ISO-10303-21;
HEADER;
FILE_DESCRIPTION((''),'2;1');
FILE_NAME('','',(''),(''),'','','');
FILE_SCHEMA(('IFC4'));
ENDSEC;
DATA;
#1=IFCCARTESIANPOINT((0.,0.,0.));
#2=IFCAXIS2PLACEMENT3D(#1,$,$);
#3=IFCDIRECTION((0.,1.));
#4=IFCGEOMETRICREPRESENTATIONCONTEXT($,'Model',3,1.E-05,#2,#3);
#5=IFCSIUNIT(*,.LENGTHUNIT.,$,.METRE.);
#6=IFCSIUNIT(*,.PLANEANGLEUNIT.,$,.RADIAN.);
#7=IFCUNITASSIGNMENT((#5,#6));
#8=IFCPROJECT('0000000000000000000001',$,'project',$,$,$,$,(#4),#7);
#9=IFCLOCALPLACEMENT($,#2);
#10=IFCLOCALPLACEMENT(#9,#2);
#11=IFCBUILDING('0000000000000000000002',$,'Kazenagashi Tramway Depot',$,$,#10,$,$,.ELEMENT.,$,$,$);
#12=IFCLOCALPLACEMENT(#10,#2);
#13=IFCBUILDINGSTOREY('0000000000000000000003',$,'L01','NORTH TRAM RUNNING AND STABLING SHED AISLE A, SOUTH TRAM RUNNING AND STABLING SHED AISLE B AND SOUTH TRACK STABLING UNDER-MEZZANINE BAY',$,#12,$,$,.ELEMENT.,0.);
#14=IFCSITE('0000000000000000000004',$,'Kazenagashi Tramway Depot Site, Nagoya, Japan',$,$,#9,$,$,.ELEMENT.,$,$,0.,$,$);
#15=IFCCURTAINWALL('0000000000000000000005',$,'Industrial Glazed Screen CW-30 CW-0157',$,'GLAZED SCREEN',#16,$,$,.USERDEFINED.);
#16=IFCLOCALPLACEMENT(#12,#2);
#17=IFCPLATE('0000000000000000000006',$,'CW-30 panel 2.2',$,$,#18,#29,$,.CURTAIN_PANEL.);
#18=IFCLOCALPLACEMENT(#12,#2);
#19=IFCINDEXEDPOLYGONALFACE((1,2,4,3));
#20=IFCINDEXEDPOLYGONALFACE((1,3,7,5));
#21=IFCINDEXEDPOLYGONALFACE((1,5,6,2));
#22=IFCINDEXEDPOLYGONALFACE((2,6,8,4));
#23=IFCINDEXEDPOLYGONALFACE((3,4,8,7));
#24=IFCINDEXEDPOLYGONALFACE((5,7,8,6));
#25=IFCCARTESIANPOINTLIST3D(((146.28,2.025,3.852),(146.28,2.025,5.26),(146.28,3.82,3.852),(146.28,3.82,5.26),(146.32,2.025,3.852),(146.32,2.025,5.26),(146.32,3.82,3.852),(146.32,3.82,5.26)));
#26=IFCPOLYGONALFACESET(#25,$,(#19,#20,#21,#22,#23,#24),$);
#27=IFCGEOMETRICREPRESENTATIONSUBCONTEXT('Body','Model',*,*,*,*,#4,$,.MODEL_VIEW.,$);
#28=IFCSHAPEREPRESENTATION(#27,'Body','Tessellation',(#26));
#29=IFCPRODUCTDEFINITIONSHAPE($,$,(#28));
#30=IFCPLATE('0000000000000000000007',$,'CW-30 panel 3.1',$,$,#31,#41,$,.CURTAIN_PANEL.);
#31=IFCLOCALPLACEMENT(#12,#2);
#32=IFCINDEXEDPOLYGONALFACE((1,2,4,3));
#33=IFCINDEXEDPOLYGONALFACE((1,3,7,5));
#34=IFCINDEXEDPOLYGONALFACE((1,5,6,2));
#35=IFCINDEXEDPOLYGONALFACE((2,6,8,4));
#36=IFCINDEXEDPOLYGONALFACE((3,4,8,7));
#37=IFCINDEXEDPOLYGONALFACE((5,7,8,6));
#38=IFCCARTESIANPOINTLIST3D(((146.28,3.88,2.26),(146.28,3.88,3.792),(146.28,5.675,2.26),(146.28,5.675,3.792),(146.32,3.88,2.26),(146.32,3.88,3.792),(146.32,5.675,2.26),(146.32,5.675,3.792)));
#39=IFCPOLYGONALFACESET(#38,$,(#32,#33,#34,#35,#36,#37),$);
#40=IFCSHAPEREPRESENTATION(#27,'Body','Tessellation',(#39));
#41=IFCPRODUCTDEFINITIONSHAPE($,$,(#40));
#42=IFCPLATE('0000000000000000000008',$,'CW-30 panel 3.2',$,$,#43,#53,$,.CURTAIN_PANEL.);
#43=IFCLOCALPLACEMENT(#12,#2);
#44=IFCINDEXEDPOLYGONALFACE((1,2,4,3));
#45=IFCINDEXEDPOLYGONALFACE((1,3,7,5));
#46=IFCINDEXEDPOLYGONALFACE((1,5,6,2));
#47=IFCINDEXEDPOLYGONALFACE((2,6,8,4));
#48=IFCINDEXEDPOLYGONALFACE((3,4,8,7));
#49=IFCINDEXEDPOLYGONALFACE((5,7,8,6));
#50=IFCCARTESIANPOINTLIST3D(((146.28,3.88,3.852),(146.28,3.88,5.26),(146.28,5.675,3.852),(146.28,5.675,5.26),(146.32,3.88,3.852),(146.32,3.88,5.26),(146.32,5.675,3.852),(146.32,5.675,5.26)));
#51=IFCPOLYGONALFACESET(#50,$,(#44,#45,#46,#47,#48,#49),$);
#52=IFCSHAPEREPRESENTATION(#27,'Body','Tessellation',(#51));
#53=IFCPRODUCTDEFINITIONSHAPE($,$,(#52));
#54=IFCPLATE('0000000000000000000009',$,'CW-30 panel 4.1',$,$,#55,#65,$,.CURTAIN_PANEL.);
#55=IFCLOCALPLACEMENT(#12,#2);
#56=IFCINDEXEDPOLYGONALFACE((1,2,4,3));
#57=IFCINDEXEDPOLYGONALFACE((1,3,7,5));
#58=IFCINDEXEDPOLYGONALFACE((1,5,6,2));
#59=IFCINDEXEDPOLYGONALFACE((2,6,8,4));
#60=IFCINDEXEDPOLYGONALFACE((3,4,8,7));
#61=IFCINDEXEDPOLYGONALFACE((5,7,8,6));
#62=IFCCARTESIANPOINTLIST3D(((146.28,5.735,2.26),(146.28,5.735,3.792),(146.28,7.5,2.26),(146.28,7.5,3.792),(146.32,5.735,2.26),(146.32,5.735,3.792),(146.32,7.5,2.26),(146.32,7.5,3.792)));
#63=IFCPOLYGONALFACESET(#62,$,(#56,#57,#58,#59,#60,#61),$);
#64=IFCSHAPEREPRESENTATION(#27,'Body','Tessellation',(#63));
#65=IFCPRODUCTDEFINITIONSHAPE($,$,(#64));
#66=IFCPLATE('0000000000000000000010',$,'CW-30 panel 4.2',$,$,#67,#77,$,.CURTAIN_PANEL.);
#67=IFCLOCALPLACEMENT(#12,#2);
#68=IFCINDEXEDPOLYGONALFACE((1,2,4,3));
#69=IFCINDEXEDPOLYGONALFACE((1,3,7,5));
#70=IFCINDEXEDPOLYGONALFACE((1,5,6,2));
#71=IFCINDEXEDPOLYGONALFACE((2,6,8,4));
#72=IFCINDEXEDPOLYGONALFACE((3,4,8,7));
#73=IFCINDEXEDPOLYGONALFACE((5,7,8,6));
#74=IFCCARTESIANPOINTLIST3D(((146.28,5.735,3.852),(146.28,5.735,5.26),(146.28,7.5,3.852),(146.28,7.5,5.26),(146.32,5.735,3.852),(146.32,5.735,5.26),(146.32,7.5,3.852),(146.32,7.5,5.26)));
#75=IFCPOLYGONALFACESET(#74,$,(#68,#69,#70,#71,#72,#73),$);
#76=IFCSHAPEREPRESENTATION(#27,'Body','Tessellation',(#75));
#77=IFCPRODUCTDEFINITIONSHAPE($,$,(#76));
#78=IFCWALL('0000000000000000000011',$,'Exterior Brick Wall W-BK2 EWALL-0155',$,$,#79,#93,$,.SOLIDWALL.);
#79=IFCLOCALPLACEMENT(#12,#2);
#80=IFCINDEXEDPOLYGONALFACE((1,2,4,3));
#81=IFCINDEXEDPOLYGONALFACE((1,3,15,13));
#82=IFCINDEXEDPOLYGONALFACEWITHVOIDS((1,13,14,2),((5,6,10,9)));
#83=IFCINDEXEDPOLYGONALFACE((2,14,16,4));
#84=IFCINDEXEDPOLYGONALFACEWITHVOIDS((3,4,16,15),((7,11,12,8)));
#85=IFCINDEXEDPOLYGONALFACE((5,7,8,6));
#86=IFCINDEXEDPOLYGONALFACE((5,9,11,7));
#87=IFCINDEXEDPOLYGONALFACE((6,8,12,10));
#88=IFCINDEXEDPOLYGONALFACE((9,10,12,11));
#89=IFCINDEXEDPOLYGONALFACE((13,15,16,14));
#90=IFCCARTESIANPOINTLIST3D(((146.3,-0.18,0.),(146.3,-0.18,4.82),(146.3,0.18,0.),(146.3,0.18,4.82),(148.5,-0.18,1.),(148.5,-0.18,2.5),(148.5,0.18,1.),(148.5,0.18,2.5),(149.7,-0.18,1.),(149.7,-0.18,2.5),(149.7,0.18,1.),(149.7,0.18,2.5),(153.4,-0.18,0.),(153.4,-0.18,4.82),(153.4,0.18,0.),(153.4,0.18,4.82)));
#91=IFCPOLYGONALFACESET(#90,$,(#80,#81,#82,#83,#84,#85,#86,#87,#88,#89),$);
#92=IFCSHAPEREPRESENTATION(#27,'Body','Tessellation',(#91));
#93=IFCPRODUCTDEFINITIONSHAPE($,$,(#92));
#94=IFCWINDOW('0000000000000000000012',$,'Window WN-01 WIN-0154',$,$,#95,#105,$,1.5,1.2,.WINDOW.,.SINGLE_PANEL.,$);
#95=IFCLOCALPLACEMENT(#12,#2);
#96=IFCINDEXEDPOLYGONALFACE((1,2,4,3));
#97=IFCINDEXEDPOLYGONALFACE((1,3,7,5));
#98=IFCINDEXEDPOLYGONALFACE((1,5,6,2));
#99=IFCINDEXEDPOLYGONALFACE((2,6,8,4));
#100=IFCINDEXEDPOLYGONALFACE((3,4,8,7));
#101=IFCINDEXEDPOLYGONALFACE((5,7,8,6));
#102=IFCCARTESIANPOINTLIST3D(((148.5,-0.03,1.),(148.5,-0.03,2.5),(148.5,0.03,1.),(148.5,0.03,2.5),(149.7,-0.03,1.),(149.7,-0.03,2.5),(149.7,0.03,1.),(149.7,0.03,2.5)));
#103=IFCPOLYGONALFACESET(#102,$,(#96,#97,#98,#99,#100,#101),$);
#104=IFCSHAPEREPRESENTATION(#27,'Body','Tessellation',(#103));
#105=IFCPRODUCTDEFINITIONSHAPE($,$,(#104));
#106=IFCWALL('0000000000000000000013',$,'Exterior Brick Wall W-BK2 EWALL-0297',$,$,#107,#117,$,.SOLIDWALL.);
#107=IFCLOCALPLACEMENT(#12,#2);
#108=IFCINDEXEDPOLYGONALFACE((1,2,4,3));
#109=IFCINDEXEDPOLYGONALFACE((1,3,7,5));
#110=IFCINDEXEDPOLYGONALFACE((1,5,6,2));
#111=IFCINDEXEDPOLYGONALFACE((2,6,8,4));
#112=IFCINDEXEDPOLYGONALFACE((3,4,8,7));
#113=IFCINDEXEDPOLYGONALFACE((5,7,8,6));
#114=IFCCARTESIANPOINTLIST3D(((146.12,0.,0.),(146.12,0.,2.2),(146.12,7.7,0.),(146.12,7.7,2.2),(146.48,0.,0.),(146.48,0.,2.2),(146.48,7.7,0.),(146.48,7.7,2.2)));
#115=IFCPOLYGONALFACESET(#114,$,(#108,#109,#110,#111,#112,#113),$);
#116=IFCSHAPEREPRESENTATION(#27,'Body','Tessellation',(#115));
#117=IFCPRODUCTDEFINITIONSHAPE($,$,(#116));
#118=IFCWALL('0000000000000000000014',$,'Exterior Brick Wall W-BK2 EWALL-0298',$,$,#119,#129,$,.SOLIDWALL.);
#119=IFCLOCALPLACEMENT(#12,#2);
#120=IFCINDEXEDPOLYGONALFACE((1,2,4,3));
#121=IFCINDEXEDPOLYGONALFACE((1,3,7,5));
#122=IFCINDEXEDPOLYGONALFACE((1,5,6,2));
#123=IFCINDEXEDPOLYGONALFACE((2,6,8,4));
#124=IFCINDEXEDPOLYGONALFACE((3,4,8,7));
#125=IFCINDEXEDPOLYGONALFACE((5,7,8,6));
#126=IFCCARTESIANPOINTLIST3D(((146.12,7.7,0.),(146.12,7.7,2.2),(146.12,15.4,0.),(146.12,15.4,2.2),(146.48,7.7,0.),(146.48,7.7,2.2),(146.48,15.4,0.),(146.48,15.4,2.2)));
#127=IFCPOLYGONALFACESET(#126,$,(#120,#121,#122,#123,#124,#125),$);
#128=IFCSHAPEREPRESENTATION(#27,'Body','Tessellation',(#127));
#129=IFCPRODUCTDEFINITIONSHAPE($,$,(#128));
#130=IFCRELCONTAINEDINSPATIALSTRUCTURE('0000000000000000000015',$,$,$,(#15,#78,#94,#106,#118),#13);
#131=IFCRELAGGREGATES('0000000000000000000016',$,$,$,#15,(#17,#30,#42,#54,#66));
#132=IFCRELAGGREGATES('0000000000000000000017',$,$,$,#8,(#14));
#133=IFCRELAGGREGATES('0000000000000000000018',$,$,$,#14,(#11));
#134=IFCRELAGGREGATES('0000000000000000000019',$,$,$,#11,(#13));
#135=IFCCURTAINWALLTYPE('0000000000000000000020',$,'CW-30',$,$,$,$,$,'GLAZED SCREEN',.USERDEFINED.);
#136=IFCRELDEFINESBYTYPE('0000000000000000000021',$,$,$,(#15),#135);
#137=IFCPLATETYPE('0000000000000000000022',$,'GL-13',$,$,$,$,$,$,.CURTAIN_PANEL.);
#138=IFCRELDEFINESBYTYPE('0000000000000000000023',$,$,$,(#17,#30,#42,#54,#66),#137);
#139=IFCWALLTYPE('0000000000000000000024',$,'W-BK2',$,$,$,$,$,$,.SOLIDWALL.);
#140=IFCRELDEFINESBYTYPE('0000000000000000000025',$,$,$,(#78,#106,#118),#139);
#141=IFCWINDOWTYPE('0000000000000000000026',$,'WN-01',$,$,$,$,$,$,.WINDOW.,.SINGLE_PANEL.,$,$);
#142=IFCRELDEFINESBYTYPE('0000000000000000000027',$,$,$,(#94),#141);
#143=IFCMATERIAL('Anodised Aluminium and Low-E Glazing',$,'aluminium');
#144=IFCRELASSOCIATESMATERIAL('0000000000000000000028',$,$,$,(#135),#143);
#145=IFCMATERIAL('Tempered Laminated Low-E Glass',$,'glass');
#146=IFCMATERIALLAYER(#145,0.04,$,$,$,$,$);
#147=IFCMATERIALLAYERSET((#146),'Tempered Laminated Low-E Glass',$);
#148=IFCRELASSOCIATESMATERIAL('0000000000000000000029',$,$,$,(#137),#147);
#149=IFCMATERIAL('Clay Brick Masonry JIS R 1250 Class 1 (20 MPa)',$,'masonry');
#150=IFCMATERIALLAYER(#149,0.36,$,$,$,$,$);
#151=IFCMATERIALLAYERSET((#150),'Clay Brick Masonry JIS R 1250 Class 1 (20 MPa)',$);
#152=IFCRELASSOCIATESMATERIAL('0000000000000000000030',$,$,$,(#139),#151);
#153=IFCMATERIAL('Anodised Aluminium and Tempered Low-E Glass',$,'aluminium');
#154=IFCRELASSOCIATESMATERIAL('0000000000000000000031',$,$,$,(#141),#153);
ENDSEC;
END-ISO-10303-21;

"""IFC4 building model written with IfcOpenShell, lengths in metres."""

from ifc_helpers import new_model, si_unit, direction, frame, frame_2d, origin, origin_2d, place, context, subcontext, project, spatial, rectangle, extrude, material, layer, layer_set, type_object, element, fill, aggregate, save


model = new_model("IFC4")

# Units and contexts
model_context = context("Model", 3, precision=1e-05, world=origin(), true_north=direction((0.0, 1.0)))
body_context = subcontext(model_context, "Body", "Model", "MODEL_VIEW")
ifc_project = project(units=[si_unit("LENGTHUNIT", "METRE"), si_unit("PLANEANGLEUNIT", "RADIAN")], contexts=[model_context])

# Site, building, storey
site_placement = place(None, origin())
site = spatial("IfcSite", under=ifc_project, at=site_placement, Name="Kazenagashi Tramway Depot Site, Nagoya, Japan", CompositionType="ELEMENT", RefElevation=0.0)
building_placement = place(site_placement, origin())
building = spatial("IfcBuilding", under=site, at=building_placement, Name="Kazenagashi Tramway Depot", CompositionType="ELEMENT")
storey_placement = place(building_placement, origin())
storey = spatial("IfcBuildingStorey", under=building, at=storey_placement, Name="L01", Description="NORTH TRAM RUNNING AND STABLING SHED AISLE A, SOUTH TRAM RUNNING AND STABLING SHED AISLE B AND SOUTH TRACK STABLING UNDER-MEZZANINE BAY", CompositionType="ELEMENT", Elevation=0.0)

# Curtain wall
ifc_material_1 = material(Name="Anodised Aluminium and Low-E Glazing", Category="aluminium")
curtain_wall_type = type_object("IfcCurtainWallType", Name="CW-30", ElementType="GLAZED SCREEN", PredefinedType="USERDEFINED", material=ifc_material_1)
curtain_wall_1_placement = place(storey_placement, origin())
curtain_wall_1 = element("IfcCurtainWall", 1, at=curtain_wall_1_placement, inside=storey, type_object=curtain_wall_type, Name="Industrial Glazed Screen CW-30 CW-0157", ObjectType="GLAZED SCREEN", PredefinedType="USERDEFINED")

# Plates
ifc_material_2 = material(Name="Tempered Laminated Low-E Glass", Category="glass")
ifc_layer_1 = layer(ifc_material_2, 0.04)
ifc_layer_set_1 = layer_set([ifc_layer_1], Name="Tempered Laminated Low-E Glass")
plate_type = type_object("IfcPlateType", Name="GL-13", PredefinedType="CURTAIN_PANEL", material=ifc_layer_set_1)
plate_1_placement = place(storey_placement, frame((146.3, 2.9225, 3.852), z_axis=(0.0, 0.0, 1.0), x_axis=(0.0, 1.0, 0.0)))
plate_1 = element("IfcPlate", 2, at=plate_1_placement, type_object=plate_type, Name="CW-30 panel 2.2", PredefinedType="CURTAIN_PANEL", context=body_context, shape_type="SweptSolid", body=[
    extrude(rectangle(XDim=1.795, YDim=0.04, at=origin_2d()), origin(), (0.0, 0.0, 1.0), 1.408),
])
plate_2_placement = place(storey_placement, frame((146.3, 4.7775, 2.26), z_axis=(0.0, 0.0, 1.0), x_axis=(0.0, 1.0, 0.0)))
plate_2 = element("IfcPlate", 3, at=plate_2_placement, type_object=plate_type, Name="CW-30 panel 3.1", PredefinedType="CURTAIN_PANEL", context=body_context, shape_type="SweptSolid", body=[
    extrude(rectangle(XDim=1.795, YDim=0.04, at=origin_2d()), origin(), (0.0, 0.0, 1.0), 1.532),
])
plate_3_placement = place(storey_placement, frame((146.3, 4.7775, 3.852), z_axis=(0.0, 0.0, 1.0), x_axis=(0.0, 1.0, 0.0)))
plate_3 = element("IfcPlate", 4, at=plate_3_placement, type_object=plate_type, Name="CW-30 panel 3.2", PredefinedType="CURTAIN_PANEL", context=body_context, shape_type="SweptSolid", body=[
    extrude(rectangle(XDim=1.795, YDim=0.04, at=origin_2d()), origin(), (0.0, 0.0, 1.0), 1.408),
])
plate_4_placement = place(storey_placement, frame((146.3, 6.6175, 2.26), z_axis=(0.0, 0.0, 1.0), x_axis=(0.0, 1.0, 0.0)))
plate_4 = element("IfcPlate", 5, at=plate_4_placement, type_object=plate_type, Name="CW-30 panel 4.1", PredefinedType="CURTAIN_PANEL", context=body_context, shape_type="SweptSolid", body=[
    extrude(rectangle(XDim=1.765, YDim=0.04, at=origin_2d()), origin(), (0.0, 0.0, 1.0), 1.532),
])
plate_5_placement = place(storey_placement, frame((146.3, 6.6175, 3.852), z_axis=(0.0, 0.0, 1.0), x_axis=(0.0, 1.0, 0.0)))
plate_5 = element("IfcPlate", 6, at=plate_5_placement, type_object=plate_type, Name="CW-30 panel 4.2", PredefinedType="CURTAIN_PANEL", context=body_context, shape_type="SweptSolid", body=[
    extrude(rectangle(XDim=1.765, YDim=0.04, at=origin_2d()), origin(), (0.0, 0.0, 1.0), 1.408),
])
aggregate(curtain_wall_1, [plate_1, plate_2, plate_3, plate_4, plate_5])

# Wall, opening, window
ifc_material_3 = material(Name="Clay Brick Masonry JIS R 1250 Class 1 (20 MPa)", Category="masonry")
ifc_layer_2 = layer(ifc_material_3, 0.36)
ifc_layer_set_2 = layer_set([ifc_layer_2], Name="Clay Brick Masonry JIS R 1250 Class 1 (20 MPa)")
wall_type = type_object("IfcWallType", Name="W-BK2", PredefinedType="SOLIDWALL", material=ifc_layer_set_2)
wall_placement = place(storey_placement, frame((146.3, 0.0, 0.0), z_axis=(0.0, 0.0, 1.0), x_axis=(1.0, 0.0, 0.0)))
wall = element("IfcWall", 7, at=wall_placement, inside=storey, type_object=wall_type, Name="Exterior Brick Wall W-BK2 EWALL-0155", PredefinedType="SOLIDWALL", context=body_context, shape_type="SweptSolid", body=[
    extrude(rectangle(XDim=7.1, YDim=0.36, at=frame_2d((3.55, 0.0))), origin(), (0.0, 0.0, 1.0), 4.82),
])
opening_placement = place(wall_placement, frame((2.2, 0.0, 1.0)))
opening = element("IfcOpeningElement", 8, at=opening_placement, cuts=wall, PredefinedType="OPENING", context=body_context, shape_type="SweptSolid", body=[
    extrude(rectangle(XDim=1.2, YDim=1.5, at=frame_2d((0.6, 0.75))), frame((0.0, 0.19, 0.0), z_axis=(0.0, -1.0, 0.0), x_axis=(1.0, 0.0, 0.0)), (0.0, 0.0, 1.0), 0.38),
])
ifc_material_4 = material(Name="Anodised Aluminium and Tempered Low-E Glass", Category="aluminium")
window_type = type_object("IfcWindowType", Name="WN-01", PartitioningType="SINGLE_PANEL", PredefinedType="WINDOW", material=ifc_material_4)
window_placement = place(opening_placement, origin())
window = element("IfcWindow", 9, at=window_placement, inside=storey, type_object=window_type, Name="Window WN-01 WIN-0154", OverallHeight=1.5, OverallWidth=1.2, PartitioningType="SINGLE_PANEL", PredefinedType="WINDOW", context=body_context, shape_type="SweptSolid", body=[
    extrude(rectangle(XDim=1.2, YDim=1.5, at=frame_2d((0.6, 0.75))), frame((0.0, 0.03, 0.0), z_axis=(0.0, -1.0, 0.0), x_axis=(1.0, 0.0, 0.0)), (0.0, 0.0, 1.0), 0.06),
])
fill(opening, window)

# Walls
for number, where, z_axis, x_axis, name in (
    (10, (146.3, 0.0, 0.0), (0.0, 0.0, 1.0), (0.0, 1.0, 0.0), "Exterior Brick Wall W-BK2 EWALL-0297"),
    (11, (146.3, 7.7, 0.0), (0.0, 0.0, 1.0), (0.0, 1.0, 0.0), "Exterior Brick Wall W-BK2 EWALL-0298"),
):
    element("IfcWall", number, at=place(storey_placement, frame(where, z_axis=z_axis, x_axis=x_axis)), inside=storey, type_object=wall_type, Name=name, PredefinedType="SOLIDWALL", context=body_context, shape_type="SweptSolid", body=[
        extrude(rectangle(XDim=7.7, YDim=0.36, at=frame_2d((3.85, 0.0))), origin(), (0.0, 0.0, 1.0), 2.2),
    ])

save(model, "model.ifc")
